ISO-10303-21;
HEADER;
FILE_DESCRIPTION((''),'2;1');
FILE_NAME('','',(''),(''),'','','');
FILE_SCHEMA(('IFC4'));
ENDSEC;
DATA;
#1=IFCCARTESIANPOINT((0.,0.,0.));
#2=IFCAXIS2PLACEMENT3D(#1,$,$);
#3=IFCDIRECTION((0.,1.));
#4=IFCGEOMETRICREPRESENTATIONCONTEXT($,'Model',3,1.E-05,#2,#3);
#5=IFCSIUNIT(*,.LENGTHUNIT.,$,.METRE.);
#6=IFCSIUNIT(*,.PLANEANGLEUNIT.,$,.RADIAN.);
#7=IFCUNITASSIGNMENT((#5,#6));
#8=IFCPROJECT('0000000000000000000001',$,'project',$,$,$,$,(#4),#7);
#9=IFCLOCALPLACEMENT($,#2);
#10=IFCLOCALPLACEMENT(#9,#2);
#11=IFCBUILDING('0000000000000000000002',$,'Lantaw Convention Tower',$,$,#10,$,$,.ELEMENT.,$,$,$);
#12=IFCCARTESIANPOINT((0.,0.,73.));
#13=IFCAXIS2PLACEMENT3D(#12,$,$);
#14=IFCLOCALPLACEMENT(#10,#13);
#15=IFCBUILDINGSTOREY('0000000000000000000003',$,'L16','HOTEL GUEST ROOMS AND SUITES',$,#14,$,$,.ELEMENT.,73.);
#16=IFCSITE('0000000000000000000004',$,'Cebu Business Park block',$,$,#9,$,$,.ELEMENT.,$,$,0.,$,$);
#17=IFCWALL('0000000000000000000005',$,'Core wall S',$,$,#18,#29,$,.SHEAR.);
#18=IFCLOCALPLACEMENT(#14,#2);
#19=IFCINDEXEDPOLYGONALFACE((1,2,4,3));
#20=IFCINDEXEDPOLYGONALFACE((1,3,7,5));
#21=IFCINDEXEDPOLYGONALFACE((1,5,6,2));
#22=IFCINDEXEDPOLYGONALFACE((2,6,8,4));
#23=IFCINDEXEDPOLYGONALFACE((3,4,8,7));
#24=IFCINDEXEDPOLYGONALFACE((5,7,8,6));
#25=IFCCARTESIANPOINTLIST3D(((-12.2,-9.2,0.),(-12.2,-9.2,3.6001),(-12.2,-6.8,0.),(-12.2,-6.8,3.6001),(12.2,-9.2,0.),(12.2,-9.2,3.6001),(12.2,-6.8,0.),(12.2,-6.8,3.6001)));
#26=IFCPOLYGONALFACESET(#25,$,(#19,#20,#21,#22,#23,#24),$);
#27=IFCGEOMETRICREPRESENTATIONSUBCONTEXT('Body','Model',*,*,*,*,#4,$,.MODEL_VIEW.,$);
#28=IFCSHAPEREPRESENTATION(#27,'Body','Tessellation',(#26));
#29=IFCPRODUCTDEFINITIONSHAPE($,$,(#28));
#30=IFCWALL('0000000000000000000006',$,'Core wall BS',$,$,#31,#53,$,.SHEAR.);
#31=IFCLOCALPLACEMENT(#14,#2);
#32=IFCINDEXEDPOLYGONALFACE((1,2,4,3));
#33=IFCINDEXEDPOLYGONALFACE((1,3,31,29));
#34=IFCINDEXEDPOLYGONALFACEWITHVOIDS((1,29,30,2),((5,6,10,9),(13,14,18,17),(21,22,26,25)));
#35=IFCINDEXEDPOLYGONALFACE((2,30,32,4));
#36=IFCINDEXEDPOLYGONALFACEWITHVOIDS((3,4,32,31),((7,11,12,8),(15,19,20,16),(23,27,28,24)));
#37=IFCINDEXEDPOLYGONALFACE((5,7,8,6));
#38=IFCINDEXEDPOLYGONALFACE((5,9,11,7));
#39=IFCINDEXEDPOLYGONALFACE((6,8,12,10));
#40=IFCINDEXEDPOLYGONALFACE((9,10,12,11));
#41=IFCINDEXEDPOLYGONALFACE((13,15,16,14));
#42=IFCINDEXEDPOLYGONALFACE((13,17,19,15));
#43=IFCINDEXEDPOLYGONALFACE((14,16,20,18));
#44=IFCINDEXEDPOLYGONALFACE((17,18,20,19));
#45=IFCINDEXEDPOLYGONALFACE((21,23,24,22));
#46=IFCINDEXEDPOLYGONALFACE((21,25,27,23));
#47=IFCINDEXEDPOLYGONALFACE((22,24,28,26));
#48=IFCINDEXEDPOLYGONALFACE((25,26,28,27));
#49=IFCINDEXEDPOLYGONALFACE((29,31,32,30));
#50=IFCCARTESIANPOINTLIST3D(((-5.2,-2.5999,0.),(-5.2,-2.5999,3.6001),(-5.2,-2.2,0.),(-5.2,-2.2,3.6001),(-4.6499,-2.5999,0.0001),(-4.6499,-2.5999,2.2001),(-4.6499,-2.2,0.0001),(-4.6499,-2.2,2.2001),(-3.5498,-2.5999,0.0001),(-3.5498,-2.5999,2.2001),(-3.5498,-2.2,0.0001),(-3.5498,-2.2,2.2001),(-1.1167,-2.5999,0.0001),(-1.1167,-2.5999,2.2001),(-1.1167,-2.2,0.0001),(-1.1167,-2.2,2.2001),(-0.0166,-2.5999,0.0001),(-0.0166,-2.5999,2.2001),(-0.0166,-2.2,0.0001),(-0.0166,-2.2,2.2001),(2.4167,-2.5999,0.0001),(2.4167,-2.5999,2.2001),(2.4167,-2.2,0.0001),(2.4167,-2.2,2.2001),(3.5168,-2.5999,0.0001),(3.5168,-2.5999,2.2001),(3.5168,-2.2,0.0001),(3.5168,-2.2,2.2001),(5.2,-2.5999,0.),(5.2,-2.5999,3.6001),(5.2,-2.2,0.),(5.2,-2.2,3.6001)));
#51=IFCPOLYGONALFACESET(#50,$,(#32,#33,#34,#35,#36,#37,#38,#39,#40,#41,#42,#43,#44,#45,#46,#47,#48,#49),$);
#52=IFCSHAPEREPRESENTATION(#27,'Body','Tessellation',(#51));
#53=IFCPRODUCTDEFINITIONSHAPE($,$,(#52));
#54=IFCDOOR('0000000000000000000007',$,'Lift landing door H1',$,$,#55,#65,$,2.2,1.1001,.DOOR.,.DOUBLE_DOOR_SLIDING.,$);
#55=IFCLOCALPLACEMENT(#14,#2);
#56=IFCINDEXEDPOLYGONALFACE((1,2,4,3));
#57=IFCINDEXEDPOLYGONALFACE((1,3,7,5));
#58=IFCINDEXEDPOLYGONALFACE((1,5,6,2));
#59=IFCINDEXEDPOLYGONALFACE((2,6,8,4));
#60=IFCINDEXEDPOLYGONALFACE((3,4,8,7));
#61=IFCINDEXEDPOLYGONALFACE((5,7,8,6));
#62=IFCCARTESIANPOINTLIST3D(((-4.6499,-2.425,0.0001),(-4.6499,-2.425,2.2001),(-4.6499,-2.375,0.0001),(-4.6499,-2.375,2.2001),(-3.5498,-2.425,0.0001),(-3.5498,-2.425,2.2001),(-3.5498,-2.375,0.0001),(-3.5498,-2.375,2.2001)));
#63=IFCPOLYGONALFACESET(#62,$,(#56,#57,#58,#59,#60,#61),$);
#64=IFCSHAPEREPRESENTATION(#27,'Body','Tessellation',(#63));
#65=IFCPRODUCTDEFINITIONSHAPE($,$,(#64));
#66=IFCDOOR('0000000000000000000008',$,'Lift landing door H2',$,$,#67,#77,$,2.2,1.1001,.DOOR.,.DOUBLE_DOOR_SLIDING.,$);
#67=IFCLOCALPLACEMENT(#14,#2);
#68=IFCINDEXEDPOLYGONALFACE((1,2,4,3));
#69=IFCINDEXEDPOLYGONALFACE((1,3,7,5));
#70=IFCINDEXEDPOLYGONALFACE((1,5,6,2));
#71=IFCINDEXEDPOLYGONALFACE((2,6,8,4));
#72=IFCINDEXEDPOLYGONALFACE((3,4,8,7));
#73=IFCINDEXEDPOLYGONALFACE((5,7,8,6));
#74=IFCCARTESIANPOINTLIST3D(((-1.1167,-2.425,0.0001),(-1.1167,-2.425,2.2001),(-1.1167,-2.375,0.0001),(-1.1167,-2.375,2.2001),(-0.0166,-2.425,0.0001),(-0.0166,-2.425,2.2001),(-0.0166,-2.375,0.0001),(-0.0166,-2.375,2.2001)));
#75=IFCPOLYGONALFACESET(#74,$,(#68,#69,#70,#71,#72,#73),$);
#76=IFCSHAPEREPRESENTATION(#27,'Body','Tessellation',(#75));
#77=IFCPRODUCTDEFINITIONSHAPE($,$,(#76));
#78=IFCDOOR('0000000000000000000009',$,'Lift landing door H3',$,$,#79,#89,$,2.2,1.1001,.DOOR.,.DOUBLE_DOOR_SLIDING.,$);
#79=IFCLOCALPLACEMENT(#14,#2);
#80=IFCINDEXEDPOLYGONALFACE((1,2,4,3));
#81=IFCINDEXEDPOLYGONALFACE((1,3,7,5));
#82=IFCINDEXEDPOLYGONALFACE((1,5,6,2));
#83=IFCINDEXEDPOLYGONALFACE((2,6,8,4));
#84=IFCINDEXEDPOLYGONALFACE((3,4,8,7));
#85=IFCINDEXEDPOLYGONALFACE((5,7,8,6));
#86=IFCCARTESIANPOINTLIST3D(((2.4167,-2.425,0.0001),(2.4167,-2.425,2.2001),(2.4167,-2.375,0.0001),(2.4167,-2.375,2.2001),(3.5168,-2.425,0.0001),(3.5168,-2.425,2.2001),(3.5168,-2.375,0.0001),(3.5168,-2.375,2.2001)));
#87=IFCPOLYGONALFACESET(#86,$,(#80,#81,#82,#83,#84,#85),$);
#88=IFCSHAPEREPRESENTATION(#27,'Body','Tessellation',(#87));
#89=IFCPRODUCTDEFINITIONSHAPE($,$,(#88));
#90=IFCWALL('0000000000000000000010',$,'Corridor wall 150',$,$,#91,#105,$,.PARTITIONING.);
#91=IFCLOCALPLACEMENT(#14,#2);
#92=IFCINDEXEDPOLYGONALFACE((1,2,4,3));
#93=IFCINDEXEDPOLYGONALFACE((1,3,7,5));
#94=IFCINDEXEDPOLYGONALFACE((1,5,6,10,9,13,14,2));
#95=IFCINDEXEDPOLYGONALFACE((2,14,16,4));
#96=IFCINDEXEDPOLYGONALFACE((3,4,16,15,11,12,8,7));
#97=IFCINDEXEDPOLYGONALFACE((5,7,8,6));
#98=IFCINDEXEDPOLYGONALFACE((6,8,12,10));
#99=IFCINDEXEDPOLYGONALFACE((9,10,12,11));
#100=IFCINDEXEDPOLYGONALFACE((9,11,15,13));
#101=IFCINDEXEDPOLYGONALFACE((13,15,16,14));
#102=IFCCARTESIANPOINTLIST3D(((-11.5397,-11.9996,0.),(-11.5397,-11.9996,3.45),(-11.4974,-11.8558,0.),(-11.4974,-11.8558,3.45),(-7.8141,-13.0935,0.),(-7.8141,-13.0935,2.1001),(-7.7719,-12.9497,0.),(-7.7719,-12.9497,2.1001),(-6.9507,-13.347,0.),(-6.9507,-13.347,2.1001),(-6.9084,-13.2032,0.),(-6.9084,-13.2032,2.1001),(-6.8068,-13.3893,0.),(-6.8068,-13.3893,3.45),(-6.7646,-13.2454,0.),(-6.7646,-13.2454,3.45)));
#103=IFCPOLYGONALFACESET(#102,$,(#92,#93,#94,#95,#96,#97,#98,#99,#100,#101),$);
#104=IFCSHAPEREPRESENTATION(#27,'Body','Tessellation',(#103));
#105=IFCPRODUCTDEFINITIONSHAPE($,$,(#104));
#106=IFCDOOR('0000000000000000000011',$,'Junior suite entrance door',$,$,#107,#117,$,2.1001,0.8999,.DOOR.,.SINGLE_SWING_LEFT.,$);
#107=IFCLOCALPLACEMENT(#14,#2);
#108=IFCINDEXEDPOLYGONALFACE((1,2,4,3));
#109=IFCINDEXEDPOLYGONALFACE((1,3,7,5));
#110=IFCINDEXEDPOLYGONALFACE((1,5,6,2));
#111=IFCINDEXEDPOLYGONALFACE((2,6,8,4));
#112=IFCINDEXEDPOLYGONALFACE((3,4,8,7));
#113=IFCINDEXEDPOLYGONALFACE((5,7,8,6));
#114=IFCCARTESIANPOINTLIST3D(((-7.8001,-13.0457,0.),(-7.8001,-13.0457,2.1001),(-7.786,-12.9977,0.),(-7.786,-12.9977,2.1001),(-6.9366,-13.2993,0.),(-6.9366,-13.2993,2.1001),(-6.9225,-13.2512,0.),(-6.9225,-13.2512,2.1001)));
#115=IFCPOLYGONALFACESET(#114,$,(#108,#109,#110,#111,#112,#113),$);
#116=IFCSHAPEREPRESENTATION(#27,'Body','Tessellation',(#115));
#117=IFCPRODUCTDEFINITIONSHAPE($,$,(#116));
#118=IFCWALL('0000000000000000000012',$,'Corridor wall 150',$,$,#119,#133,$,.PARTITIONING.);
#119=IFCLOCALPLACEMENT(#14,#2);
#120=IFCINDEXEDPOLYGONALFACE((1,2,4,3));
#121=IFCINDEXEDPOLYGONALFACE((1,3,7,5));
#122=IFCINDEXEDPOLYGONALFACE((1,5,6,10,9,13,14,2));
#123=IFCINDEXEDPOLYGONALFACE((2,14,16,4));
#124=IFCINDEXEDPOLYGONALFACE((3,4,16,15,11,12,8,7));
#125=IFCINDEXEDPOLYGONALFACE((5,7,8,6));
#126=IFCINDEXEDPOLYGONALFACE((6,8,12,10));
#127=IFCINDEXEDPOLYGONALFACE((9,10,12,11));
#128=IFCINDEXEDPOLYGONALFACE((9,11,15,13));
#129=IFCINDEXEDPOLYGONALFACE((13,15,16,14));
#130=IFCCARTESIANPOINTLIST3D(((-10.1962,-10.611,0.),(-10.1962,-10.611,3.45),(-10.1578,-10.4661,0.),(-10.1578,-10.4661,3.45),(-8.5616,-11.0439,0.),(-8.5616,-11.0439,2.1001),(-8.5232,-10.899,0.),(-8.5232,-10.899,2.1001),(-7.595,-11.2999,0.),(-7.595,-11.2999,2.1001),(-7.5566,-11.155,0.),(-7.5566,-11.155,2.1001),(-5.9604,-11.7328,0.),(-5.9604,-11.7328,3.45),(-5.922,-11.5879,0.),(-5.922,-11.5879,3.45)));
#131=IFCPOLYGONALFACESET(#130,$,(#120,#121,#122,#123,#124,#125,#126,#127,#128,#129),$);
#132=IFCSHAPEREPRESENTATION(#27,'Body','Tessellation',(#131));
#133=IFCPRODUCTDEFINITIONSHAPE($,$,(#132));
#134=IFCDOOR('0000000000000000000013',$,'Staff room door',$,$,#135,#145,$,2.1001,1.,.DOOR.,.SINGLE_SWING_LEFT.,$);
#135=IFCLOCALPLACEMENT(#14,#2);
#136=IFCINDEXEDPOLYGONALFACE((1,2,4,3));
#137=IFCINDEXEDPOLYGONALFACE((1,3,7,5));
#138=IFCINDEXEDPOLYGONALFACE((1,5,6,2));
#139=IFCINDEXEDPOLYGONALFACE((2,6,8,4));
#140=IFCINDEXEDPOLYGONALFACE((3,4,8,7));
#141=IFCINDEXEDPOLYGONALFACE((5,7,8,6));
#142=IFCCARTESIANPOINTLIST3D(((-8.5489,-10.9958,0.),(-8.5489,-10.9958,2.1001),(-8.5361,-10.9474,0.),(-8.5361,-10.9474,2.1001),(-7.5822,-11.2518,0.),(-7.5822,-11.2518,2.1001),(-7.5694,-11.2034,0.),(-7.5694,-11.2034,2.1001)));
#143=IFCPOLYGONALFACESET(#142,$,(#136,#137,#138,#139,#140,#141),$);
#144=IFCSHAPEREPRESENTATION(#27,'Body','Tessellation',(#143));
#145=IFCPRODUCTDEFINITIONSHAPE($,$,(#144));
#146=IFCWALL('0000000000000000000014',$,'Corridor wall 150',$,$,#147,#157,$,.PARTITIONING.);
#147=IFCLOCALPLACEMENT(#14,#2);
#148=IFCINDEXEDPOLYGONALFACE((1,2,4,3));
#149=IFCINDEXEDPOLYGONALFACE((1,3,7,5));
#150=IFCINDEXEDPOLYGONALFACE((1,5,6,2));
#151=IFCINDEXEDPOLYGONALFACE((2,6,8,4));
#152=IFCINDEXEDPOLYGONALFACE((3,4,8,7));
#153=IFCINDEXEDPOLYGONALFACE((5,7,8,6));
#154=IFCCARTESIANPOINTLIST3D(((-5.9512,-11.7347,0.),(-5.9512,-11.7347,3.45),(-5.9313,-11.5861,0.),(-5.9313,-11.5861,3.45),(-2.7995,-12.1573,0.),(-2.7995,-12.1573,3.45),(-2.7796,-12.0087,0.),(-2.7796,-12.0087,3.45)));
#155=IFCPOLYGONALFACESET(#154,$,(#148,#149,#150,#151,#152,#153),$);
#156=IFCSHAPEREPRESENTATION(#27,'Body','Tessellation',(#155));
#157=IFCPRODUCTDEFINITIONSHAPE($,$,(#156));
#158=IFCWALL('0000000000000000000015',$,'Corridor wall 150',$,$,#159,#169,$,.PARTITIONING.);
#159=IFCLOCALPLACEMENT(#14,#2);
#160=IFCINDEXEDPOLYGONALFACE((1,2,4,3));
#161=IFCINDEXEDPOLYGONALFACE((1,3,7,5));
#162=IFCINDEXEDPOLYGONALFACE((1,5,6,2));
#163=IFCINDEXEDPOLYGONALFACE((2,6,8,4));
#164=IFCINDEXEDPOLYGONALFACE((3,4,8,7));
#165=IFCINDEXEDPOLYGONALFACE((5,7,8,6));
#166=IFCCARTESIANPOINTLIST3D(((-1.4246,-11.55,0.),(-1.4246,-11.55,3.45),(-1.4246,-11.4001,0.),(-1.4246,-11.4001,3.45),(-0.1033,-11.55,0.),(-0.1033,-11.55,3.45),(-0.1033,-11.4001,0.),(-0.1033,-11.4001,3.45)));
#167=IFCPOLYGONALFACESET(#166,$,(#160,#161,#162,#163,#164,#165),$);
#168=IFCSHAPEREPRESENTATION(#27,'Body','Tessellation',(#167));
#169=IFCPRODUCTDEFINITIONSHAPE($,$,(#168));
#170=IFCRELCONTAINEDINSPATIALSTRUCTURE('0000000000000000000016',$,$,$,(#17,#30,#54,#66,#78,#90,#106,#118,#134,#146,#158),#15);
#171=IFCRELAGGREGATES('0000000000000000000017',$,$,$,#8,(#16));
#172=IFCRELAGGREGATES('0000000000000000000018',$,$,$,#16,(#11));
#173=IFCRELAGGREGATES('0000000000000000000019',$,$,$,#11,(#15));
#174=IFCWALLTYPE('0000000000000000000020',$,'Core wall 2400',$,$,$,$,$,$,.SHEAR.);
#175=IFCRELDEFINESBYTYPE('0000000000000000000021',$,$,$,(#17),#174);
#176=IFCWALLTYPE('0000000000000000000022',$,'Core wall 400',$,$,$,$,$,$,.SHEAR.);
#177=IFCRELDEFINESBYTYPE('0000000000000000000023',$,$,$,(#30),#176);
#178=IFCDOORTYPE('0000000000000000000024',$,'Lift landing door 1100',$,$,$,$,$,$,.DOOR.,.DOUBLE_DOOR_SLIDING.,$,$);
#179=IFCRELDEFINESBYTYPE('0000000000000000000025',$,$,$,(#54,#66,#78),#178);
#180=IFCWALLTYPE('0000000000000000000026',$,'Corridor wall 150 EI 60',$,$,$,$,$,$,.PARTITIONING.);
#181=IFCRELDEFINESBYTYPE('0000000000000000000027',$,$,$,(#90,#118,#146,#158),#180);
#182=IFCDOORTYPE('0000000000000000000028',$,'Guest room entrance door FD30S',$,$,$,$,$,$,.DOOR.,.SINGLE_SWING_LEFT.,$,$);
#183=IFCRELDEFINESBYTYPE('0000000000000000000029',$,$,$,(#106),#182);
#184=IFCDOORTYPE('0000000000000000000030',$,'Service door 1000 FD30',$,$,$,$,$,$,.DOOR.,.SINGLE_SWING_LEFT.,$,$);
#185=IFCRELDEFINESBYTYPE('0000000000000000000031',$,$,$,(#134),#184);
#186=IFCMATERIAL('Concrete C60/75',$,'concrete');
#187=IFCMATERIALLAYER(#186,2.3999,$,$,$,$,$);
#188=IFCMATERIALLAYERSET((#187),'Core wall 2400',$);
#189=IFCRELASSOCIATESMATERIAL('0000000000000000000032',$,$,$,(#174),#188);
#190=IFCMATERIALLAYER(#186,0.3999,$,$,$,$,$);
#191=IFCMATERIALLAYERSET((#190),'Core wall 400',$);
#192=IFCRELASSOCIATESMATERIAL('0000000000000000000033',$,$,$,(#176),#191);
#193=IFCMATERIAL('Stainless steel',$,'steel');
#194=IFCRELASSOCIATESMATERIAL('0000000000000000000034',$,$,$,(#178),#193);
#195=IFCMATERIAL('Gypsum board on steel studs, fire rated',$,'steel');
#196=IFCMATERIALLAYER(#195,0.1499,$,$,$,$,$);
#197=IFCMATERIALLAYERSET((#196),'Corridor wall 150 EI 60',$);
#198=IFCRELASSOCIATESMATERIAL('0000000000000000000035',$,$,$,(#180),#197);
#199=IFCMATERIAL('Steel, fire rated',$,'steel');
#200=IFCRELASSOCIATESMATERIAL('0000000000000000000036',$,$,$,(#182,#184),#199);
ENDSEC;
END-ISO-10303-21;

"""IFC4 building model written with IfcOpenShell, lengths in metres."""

from ifc_helpers import new_model, si_unit, direction, frame, frame_2d, origin, place, context, subcontext, project, spatial, rectangle, extrude, material, layer, layer_set, type_object, element, fill, save


model = new_model("IFC4")

# Units and contexts
model_context = context("Model", 3, precision=1e-05, world=origin(), true_north=direction((0.0, 1.0)))
body_context = subcontext(model_context, "Body", "Model", "MODEL_VIEW")
ifc_project = project(units=[si_unit("LENGTHUNIT", "METRE"), si_unit("PLANEANGLEUNIT", "RADIAN")], contexts=[model_context])

# Site, building, storey
site_placement = place(None, origin())
site = spatial("IfcSite", under=ifc_project, at=site_placement, Name="Cebu Business Park block", CompositionType="ELEMENT", RefElevation=0.0)
building_placement = place(site_placement, origin())
building = spatial("IfcBuilding", under=site, at=building_placement, Name="Lantaw Convention Tower", CompositionType="ELEMENT")
storey_placement = place(building_placement, frame((0.0, 0.0, 73.0)))
storey = spatial("IfcBuildingStorey", under=building, at=storey_placement, Name="L16", Description="HOTEL GUEST ROOMS AND SUITES", CompositionType="ELEMENT", Elevation=73.0)

# Shared definitions
ifc_material_1 = material(Name="Concrete C60/75", Category="concrete")
ifc_material_2 = material(Name="Steel, fire rated", Category="steel")

# Wall
ifc_layer_1 = layer(ifc_material_1, 2.3999)
ifc_layer_set_1 = layer_set([ifc_layer_1], Name="Core wall 2400")
wall_type_1 = type_object("IfcWallType", Name="Core wall 2400", PredefinedType="SHEAR", material=ifc_layer_set_1)
wall_1_placement = place(storey_placement, frame((-12.2, -8.0, 0.0), z_axis=(0.0, 0.0, 1.0), x_axis=(1.0, 0.0, 0.0)))
element("IfcWall", 1, at=wall_1_placement, inside=storey, type_object=wall_type_1, Name="Core wall S", PredefinedType="SHEAR", context=body_context, shape_type="SweptSolid", body=[
    extrude(rectangle(XDim=24.3999, YDim=2.3999, at=frame_2d((12.2, 0.0))), origin(), (0.0, 0.0, 1.0), 3.6001),
])

# Wall, openings, doors
ifc_layer_2 = layer(ifc_material_1, 0.3999)
ifc_layer_set_2 = layer_set([ifc_layer_2], Name="Core wall 400")
wall_type_2 = type_object("IfcWallType", Name="Core wall 400", PredefinedType="SHEAR", material=ifc_layer_set_2)
wall_2_placement = place(storey_placement, frame((-5.2, -2.3999, 0.0), z_axis=(0.0, 0.0, 1.0), x_axis=(1.0, 0.0, 0.0)))
wall_2 = element("IfcWall", 2, at=wall_2_placement, inside=storey, type_object=wall_type_2, Name="Core wall BS", PredefinedType="SHEAR", context=body_context, shape_type="SweptSolid", body=[
    extrude(rectangle(XDim=10.3999, YDim=0.3999, at=frame_2d((5.2, 0.0))), origin(), (0.0, 0.0, 1.0), 3.6001),
])
opening_1_placement = place(wall_2_placement, frame((0.55, 0.0, 0.0)))
opening_1 = element("IfcOpeningElement", 3, at=opening_1_placement, cuts=wall_2, PredefinedType="OPENING", context=body_context, shape_type="SweptSolid", body=[
    extrude(rectangle(XDim=1.1001, YDim=2.2, at=frame_2d((0.55, 1.1001))), frame((0.0, 0.21, 0.0), z_axis=(0.0, -1.0, 0.0), x_axis=(1.0, 0.0, 0.0)), (0.0, 0.0, 1.0), 0.4199),
])
opening_2_placement = place(wall_2_placement, frame((4.0833, 0.0, 0.0)))
opening_2 = element("IfcOpeningElement", 4, at=opening_2_placement, cuts=wall_2, PredefinedType="OPENING", context=body_context, shape_type="SweptSolid", body=[
    extrude(rectangle(XDim=1.1001, YDim=2.2, at=frame_2d((0.55, 1.1001))), frame((0.0, 0.21, 0.0), z_axis=(0.0, -1.0, 0.0), x_axis=(1.0, 0.0, 0.0)), (0.0, 0.0, 1.0), 0.4199),
])
opening_3_placement = place(wall_2_placement, frame((7.6167, 0.0, 0.0)))
opening_3 = element("IfcOpeningElement", 5, at=opening_3_placement, cuts=wall_2, PredefinedType="OPENING", context=body_context, shape_type="SweptSolid", body=[
    extrude(rectangle(XDim=1.1001, YDim=2.2, at=frame_2d((0.55, 1.1001))), frame((0.0, 0.21, 0.0), z_axis=(0.0, -1.0, 0.0), x_axis=(1.0, 0.0, 0.0)), (0.0, 0.0, 1.0), 0.4199),
])
ifc_material_3 = material(Name="Stainless steel", Category="steel")
door_type_1 = type_object("IfcDoorType", Name="Lift landing door 1100", OperationType="DOUBLE_DOOR_SLIDING", PredefinedType="DOOR", material=ifc_material_3)
door_1_placement = place(opening_1_placement, origin())
door_1 = element("IfcDoor", 6, at=door_1_placement, inside=storey, type_object=door_type_1, Name="Lift landing door H1", OperationType="DOUBLE_DOOR_SLIDING", OverallHeight=2.2, OverallWidth=1.1001, PredefinedType="DOOR", context=body_context, shape_type="SweptSolid", body=[
    extrude(rectangle(XDim=1.1001, YDim=2.2, at=frame_2d((0.55, 1.1001))), frame((0.0, 0.0249, 0.0), z_axis=(0.0, -1.0, 0.0), x_axis=(1.0, 0.0, 0.0)), (0.0, 0.0, 1.0), 0.05),
])
fill(opening_1, door_1)
door_2_placement = place(opening_2_placement, origin())
door_2 = element("IfcDoor", 7, at=door_2_placement, inside=storey, type_object=door_type_1, Name="Lift landing door H2", OperationType="DOUBLE_DOOR_SLIDING", OverallHeight=2.2, OverallWidth=1.1001, PredefinedType="DOOR", context=body_context, shape_type="SweptSolid", body=[
    extrude(rectangle(XDim=1.1001, YDim=2.2, at=frame_2d((0.55, 1.1001))), frame((0.0, 0.0249, 0.0), z_axis=(0.0, -1.0, 0.0), x_axis=(1.0, 0.0, 0.0)), (0.0, 0.0, 1.0), 0.05),
])
fill(opening_2, door_2)
door_3_placement = place(opening_3_placement, origin())
door_3 = element("IfcDoor", 8, at=door_3_placement, inside=storey, type_object=door_type_1, Name="Lift landing door H3", OperationType="DOUBLE_DOOR_SLIDING", OverallHeight=2.2, OverallWidth=1.1001, PredefinedType="DOOR", context=body_context, shape_type="SweptSolid", body=[
    extrude(rectangle(XDim=1.1001, YDim=2.2, at=frame_2d((0.55, 1.1001))), frame((0.0, 0.0249, 0.0), z_axis=(0.0, -1.0, 0.0), x_axis=(1.0, 0.0, 0.0)), (0.0, 0.0, 1.0), 0.05),
])
fill(opening_3, door_3)

# Walls, openings, doors
ifc_material_4 = material(Name="Gypsum board on steel studs, fire rated", Category="steel")
ifc_layer_3 = layer(ifc_material_4, 0.1499)
ifc_layer_set_3 = layer_set([ifc_layer_3], Name="Corridor wall 150 EI 60")
wall_type_3 = type_object("IfcWallType", Name="Corridor wall 150 EI 60", PredefinedType="PARTITIONING", material=ifc_layer_set_3)
wall_3_placement = place(storey_placement, frame((-11.5186, -11.9277, 0.0), z_axis=(0.0, 0.0, 1.0), x_axis=(0.959496, -0.281721, 0.0)))
wall_3 = element("IfcWall", 9, at=wall_3_placement, inside=storey, type_object=wall_type_3, Name="Corridor wall 150", PredefinedType="PARTITIONING", context=body_context, shape_type="SweptSolid", body=[
    extrude(rectangle(XDim=4.9326, YDim=0.1499, at=frame_2d((2.4663, 0.0))), origin(), (0.0, 0.0, 1.0), 3.45),
])
opening_4_placement = place(wall_3_placement, frame((3.8828, 0.0, 0.0)))
opening_4 = element("IfcOpeningElement", 10, at=opening_4_placement, cuts=wall_3, PredefinedType="OPENING", context=body_context, shape_type="SweptSolid", body=[
    extrude(rectangle(XDim=0.8999, YDim=2.1001, at=frame_2d((0.45, 1.05))), frame((0.0, 0.085, 0.0), z_axis=(0.0, -1.0, 0.0), x_axis=(1.0, 0.0, 0.0)), (0.0, 0.0, 1.0), 0.1699),
])
door_type_2 = type_object("IfcDoorType", Name="Guest room entrance door FD30S", OperationType="SINGLE_SWING_LEFT", PredefinedType="DOOR", material=ifc_material_2)
door_4_placement = place(opening_4_placement, origin())
door_4 = element("IfcDoor", 11, at=door_4_placement, inside=storey, type_object=door_type_2, Name="Junior suite entrance door", OperationType="SINGLE_SWING_LEFT", OverallHeight=2.1001, OverallWidth=0.8999, PredefinedType="DOOR", context=body_context, shape_type="SweptSolid", body=[
    extrude(rectangle(XDim=0.8999, YDim=2.1001, at=frame_2d((0.45, 1.05))), frame((0.0, 0.0249, 0.0), z_axis=(0.0, -1.0, 0.0), x_axis=(1.0, 0.0, 0.0)), (0.0, 0.0, 1.0), 0.05),
])
fill(opening_4, door_4)
wall_4_placement = place(storey_placement, frame((-10.177, -10.5386, 0.0), z_axis=(0.0, 0.0, 1.0), x_axis=(0.966673, -0.256015, 0.0)))
wall_4 = element("IfcWall", 12, at=wall_4_placement, inside=storey, type_object=wall_type_3, Name="Corridor wall 150", PredefinedType="PARTITIONING", context=body_context, shape_type="SweptSolid", body=[
    extrude(rectangle(XDim=4.3818, YDim=0.1499, at=frame_2d((2.1909, 0.0))), origin(), (0.0, 0.0, 1.0), 3.45),
])
opening_5_placement = place(wall_4_placement, frame((1.6909, 0.0, 0.0)))
opening_5 = element("IfcOpeningElement", 13, at=opening_5_placement, cuts=wall_4, PredefinedType="OPENING", context=body_context, shape_type="SweptSolid", body=[
    extrude(rectangle(XDim=1.0, YDim=2.1001, at=frame_2d((0.5, 1.05))), frame((0.0, 0.085, 0.0), z_axis=(0.0, -1.0, 0.0), x_axis=(1.0, 0.0, 0.0)), (0.0, 0.0, 1.0), 0.1699),
])
door_type_3 = type_object("IfcDoorType", Name="Service door 1000 FD30", OperationType="SINGLE_SWING_LEFT", PredefinedType="DOOR", material=ifc_material_2)
door_5_placement = place(opening_5_placement, origin())
door_5 = element("IfcDoor", 14, at=door_5_placement, inside=storey, type_object=door_type_3, Name="Staff room door", OperationType="SINGLE_SWING_LEFT", OverallHeight=2.1001, OverallWidth=1.0, PredefinedType="DOOR", context=body_context, shape_type="SweptSolid", body=[
    extrude(rectangle(XDim=1.0, YDim=2.1001, at=frame_2d((0.5, 1.05))), frame((0.0, 0.0249, 0.0), z_axis=(0.0, -1.0, 0.0), x_axis=(1.0, 0.0, 0.0)), (0.0, 0.0, 1.0), 0.05),
])
fill(opening_5, door_5)

# Walls
wall_5_placement = place(storey_placement, frame((-5.9412, -11.6604, 0.0), z_axis=(0.0, 0.0, 1.0), x_axis=(0.991129, -0.132903, 0.0)))
element("IfcWall", 15, at=wall_5_placement, inside=storey, type_object=wall_type_3, Name="Corridor wall 150", PredefinedType="PARTITIONING", context=body_context, shape_type="SweptSolid", body=[
    extrude(rectangle(XDim=3.1799, YDim=0.1499, at=frame_2d((1.5898, 0.0))), origin(), (0.0, 0.0, 1.0), 3.45),
])
wall_6_placement = place(storey_placement, frame((-1.4246, -11.4751, 0.0), z_axis=(0.0, 0.0, 1.0), x_axis=(1.0, 0.0, 0.0)))
element("IfcWall", 16, at=wall_6_placement, inside=storey, type_object=wall_type_3, Name="Corridor wall 150", PredefinedType="PARTITIONING", context=body_context, shape_type="SweptSolid", body=[
    extrude(rectangle(XDim=1.3213, YDim=0.1499, at=frame_2d((0.6606, 0.0))), origin(), (0.0, 0.0, 1.0), 3.45),
])

save(model, "model.ifc")
